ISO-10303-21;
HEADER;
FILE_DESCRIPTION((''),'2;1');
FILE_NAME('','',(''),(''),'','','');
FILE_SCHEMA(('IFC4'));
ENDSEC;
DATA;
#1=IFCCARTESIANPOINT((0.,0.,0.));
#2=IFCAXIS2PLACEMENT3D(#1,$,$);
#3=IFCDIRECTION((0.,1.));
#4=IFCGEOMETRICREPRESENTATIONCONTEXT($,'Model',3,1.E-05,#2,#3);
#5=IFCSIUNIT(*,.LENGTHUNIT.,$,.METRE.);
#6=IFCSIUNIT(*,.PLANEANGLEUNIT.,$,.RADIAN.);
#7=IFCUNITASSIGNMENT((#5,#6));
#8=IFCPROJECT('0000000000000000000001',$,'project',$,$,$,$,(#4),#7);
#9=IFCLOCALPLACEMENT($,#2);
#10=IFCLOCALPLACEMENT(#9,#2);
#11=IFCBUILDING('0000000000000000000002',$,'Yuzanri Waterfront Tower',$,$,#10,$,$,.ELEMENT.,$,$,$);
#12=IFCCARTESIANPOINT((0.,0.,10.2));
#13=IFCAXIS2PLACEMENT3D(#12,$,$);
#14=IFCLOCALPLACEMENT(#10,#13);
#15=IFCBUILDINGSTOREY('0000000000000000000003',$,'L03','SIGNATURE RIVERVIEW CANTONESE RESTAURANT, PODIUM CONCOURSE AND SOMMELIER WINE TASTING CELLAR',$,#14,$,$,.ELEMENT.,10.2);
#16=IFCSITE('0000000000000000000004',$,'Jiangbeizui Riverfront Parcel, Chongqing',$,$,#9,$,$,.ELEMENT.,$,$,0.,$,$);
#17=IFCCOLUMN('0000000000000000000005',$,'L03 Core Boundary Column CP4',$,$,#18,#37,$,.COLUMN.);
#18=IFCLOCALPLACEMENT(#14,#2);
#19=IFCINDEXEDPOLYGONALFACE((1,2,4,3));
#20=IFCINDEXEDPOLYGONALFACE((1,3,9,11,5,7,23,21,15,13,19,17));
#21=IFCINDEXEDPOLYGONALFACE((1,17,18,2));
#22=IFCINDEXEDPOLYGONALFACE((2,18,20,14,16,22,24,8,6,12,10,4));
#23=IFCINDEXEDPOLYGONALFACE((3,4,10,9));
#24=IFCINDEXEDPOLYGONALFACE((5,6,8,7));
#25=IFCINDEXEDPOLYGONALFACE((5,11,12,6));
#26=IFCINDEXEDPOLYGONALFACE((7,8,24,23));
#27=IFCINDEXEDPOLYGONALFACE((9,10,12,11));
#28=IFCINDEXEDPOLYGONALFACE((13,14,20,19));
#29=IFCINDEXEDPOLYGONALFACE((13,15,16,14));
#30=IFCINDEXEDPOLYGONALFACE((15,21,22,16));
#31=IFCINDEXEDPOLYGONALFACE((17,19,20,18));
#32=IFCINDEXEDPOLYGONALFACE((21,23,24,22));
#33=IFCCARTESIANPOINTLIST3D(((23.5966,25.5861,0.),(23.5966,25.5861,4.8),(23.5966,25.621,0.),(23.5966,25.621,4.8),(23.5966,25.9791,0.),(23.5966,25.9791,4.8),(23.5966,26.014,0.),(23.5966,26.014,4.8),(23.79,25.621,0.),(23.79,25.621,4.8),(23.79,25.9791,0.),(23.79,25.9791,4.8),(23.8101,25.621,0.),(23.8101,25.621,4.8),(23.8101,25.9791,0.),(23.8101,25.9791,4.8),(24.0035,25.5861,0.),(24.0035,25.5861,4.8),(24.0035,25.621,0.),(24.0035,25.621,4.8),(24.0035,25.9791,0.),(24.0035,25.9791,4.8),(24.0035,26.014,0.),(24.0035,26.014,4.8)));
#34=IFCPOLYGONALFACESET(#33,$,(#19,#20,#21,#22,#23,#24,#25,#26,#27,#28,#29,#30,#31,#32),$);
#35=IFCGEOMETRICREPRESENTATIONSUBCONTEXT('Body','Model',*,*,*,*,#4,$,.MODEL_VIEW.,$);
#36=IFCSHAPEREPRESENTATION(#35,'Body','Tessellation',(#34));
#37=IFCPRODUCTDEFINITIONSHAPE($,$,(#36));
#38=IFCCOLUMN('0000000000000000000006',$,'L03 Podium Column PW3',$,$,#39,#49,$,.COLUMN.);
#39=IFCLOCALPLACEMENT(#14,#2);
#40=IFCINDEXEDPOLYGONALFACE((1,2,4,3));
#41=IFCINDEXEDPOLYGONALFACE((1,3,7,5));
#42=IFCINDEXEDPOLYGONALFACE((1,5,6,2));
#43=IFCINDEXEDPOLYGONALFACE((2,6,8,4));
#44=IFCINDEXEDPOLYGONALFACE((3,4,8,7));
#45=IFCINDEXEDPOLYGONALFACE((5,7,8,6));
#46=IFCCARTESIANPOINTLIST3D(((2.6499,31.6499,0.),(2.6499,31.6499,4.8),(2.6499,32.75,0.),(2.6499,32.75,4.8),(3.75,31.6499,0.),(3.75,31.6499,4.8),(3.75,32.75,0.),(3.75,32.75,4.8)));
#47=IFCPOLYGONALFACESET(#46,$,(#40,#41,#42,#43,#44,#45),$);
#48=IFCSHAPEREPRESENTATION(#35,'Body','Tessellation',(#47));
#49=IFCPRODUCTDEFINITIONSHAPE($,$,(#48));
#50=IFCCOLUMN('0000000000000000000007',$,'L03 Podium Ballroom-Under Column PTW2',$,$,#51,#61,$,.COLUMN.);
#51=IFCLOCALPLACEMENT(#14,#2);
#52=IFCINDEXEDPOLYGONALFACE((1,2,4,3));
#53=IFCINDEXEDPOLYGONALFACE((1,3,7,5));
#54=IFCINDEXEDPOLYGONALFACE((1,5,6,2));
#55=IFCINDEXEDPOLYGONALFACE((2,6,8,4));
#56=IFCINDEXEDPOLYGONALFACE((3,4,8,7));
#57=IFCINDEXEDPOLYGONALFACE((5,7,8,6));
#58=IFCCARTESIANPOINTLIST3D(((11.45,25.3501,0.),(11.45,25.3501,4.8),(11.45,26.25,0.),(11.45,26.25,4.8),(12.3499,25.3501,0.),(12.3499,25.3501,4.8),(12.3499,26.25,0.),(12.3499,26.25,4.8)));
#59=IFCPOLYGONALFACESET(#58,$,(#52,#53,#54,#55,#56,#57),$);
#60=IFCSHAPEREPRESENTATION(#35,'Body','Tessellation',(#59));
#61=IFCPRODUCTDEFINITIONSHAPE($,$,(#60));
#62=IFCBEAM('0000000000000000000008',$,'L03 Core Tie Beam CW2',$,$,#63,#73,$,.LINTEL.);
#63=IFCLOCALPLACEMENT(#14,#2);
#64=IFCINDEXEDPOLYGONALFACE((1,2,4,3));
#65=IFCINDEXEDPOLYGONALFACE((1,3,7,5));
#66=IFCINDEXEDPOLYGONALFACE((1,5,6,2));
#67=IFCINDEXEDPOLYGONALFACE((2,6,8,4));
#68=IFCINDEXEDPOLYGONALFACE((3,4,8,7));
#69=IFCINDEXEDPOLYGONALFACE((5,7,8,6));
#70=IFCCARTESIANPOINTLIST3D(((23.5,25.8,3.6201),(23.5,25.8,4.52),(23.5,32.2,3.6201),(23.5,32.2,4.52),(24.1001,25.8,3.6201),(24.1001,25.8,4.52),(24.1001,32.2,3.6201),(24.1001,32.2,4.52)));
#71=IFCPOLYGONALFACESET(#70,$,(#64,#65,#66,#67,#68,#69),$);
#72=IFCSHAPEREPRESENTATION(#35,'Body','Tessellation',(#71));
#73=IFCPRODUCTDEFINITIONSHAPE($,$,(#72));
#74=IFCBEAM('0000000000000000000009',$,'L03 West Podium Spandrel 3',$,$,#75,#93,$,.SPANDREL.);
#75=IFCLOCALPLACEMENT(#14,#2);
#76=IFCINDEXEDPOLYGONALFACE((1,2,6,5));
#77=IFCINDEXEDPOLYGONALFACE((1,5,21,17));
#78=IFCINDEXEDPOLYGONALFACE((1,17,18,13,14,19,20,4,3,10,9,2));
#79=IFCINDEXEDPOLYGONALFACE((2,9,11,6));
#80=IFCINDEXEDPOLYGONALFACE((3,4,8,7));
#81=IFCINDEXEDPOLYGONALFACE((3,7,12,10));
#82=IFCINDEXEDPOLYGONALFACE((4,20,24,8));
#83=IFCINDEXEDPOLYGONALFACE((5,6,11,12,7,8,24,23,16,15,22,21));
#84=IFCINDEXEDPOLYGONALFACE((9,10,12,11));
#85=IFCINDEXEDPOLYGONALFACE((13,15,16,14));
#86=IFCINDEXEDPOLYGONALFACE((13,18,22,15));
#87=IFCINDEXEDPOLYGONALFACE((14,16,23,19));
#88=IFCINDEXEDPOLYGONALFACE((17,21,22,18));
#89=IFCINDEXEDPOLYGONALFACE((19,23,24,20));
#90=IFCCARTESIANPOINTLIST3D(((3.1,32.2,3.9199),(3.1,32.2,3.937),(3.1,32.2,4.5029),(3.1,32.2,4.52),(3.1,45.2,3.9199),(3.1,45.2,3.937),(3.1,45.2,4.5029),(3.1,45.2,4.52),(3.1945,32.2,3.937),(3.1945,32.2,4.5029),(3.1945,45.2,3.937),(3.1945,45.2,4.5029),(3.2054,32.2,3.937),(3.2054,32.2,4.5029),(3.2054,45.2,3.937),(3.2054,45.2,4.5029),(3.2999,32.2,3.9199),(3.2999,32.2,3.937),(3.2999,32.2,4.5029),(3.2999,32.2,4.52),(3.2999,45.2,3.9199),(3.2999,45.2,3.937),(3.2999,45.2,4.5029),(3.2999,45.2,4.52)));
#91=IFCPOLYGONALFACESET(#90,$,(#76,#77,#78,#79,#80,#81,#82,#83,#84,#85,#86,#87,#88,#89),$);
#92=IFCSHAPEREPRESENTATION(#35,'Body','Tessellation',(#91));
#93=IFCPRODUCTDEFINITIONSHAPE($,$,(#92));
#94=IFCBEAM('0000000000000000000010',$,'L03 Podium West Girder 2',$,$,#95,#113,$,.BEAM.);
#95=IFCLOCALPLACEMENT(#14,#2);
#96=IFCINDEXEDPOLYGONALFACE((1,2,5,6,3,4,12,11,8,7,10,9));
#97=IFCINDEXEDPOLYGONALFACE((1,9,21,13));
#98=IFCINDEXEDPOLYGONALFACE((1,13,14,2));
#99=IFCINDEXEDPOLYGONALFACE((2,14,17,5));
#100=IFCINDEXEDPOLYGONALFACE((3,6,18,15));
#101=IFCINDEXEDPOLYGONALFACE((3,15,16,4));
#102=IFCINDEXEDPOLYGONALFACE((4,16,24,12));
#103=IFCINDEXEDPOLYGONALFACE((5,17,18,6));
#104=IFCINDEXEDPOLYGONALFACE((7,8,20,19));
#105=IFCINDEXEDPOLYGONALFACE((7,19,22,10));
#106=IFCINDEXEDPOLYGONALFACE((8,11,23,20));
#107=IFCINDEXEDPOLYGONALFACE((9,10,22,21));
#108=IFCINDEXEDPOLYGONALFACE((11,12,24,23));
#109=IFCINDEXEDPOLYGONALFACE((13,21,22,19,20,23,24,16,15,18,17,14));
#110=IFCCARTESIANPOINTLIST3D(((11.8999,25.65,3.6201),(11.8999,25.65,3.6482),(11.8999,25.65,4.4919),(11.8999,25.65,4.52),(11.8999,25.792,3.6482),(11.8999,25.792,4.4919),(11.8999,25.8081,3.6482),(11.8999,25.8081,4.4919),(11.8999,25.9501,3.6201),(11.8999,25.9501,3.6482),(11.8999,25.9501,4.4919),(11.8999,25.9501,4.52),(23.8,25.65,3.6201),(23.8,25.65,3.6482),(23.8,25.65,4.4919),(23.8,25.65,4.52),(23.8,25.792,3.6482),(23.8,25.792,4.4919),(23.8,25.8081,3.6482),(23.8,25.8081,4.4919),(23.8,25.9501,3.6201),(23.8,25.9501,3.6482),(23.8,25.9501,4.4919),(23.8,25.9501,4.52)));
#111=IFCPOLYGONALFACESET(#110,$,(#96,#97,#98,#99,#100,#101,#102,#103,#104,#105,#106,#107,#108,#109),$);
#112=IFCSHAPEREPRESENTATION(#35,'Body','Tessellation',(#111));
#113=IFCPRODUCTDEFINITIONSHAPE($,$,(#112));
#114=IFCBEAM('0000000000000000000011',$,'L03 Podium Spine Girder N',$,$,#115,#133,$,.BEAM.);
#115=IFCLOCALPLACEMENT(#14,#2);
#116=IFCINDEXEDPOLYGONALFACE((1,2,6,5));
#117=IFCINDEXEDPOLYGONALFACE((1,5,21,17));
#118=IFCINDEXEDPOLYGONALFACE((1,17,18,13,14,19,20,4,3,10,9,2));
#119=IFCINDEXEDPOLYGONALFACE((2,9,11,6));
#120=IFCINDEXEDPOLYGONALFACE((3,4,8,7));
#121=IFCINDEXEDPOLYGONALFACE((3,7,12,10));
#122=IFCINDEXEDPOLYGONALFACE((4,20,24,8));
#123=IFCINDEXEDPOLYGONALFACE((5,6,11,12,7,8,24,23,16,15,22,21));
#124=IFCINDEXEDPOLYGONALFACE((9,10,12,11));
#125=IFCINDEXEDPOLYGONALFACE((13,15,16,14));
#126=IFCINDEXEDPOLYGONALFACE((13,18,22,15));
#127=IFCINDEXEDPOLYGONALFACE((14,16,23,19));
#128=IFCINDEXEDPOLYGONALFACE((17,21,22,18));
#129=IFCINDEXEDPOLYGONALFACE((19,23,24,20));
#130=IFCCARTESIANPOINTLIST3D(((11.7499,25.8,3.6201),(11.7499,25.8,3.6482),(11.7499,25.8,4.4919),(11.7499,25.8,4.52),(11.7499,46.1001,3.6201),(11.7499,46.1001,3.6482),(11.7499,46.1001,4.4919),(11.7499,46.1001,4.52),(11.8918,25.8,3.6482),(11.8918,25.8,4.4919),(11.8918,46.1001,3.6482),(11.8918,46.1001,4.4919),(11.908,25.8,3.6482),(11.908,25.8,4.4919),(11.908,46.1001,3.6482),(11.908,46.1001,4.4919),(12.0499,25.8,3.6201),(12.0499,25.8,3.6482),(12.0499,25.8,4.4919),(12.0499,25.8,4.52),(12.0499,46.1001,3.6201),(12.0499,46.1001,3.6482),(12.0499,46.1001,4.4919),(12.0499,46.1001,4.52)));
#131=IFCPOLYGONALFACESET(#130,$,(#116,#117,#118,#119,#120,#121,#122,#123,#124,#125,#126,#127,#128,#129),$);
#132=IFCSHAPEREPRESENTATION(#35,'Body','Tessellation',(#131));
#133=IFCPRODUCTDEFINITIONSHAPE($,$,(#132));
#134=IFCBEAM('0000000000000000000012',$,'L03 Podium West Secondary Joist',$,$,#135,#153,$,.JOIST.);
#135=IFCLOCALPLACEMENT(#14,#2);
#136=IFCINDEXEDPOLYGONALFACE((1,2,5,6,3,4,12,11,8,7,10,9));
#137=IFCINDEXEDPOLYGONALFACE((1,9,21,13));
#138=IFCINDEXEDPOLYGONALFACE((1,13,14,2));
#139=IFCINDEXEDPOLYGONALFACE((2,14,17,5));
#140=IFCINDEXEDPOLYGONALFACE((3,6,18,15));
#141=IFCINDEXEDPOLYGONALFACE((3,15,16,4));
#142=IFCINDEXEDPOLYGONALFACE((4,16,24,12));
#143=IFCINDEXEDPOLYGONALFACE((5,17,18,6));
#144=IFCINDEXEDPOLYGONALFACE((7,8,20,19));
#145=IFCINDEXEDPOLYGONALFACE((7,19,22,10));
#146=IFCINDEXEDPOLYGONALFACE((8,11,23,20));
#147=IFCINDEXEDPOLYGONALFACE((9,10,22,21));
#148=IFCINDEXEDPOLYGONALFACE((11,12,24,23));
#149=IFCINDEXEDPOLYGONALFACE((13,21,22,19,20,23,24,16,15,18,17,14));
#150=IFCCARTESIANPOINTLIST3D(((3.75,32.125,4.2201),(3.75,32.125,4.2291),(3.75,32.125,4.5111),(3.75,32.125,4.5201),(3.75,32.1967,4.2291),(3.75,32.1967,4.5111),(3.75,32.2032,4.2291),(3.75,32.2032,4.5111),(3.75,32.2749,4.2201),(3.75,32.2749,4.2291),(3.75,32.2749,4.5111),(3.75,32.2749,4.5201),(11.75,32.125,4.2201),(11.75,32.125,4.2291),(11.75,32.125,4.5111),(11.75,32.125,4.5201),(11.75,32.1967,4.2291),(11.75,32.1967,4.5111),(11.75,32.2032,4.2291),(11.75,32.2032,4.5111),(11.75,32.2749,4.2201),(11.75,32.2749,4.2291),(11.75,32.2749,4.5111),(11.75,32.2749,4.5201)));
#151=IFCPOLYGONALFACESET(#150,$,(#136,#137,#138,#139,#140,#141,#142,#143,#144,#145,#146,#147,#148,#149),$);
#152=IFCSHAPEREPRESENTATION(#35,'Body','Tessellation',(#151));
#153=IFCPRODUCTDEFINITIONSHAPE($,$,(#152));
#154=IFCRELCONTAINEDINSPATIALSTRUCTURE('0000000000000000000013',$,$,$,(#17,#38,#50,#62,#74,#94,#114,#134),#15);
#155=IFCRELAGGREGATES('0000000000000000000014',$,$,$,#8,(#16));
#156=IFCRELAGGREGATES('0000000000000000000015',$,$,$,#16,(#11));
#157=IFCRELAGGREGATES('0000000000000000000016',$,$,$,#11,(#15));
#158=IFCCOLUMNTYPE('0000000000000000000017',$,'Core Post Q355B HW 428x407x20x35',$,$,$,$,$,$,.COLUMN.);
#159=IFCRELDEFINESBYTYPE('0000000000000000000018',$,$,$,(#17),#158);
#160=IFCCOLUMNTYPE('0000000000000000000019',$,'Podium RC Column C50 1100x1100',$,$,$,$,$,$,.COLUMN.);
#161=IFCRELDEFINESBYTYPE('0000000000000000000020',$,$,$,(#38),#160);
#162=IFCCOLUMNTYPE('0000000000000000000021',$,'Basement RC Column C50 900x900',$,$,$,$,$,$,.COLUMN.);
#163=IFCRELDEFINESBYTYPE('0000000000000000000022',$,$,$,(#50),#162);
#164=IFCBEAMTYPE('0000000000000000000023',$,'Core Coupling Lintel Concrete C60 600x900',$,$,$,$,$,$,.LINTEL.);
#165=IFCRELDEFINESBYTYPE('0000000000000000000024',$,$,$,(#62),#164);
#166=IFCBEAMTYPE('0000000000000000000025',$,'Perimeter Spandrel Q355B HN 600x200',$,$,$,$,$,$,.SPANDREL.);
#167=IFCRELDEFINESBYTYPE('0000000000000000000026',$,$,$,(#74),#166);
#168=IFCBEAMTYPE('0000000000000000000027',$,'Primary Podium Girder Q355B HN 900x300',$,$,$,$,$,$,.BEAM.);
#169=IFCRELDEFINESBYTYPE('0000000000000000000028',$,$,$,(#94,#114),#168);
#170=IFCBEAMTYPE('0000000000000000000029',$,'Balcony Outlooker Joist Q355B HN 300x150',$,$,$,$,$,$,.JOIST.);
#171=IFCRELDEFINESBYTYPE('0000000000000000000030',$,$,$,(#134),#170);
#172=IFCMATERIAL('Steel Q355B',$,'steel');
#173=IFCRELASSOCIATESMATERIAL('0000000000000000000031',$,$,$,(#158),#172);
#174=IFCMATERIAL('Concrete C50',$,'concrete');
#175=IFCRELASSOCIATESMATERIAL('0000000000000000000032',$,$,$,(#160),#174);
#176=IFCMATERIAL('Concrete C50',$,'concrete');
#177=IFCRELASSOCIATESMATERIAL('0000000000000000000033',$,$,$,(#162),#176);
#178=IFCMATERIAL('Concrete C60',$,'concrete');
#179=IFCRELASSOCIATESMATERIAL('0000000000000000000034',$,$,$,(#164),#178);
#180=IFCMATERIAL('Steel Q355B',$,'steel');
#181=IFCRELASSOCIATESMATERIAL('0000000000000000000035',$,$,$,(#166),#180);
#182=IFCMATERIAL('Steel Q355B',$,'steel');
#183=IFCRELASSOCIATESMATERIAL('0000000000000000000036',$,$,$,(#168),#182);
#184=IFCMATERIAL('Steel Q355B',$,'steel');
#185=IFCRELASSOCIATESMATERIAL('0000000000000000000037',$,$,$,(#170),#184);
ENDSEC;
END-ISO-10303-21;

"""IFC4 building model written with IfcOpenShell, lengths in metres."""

from ifc_helpers import new_model, si_unit, direction, frame, origin, origin_2d, place, context, subcontext, project, spatial, rectangle, i_section, extrude, source, transform, mapped, material, material_profile, profile_set, type_object, element, save


model = new_model("IFC4")

# Units and contexts
model_context = context("Model", 3, precision=1e-05, world=origin(), true_north=direction((0.0, 1.0)))
body_context = subcontext(model_context, "Body", "Model", "MODEL_VIEW")
ifc_project = project(units=[si_unit("LENGTHUNIT", "METRE"), si_unit("PLANEANGLEUNIT", "RADIAN")], contexts=[model_context])

# Site, building, storey
site_placement = place(None, origin())
site = spatial("IfcSite", under=ifc_project, at=site_placement, Name="Jiangbeizui Riverfront Parcel, Chongqing", CompositionType="ELEMENT", RefElevation=0.0)
building_placement = place(site_placement, origin())
building = spatial("IfcBuilding", under=site, at=building_placement, Name="Yuzanri Waterfront Tower", CompositionType="ELEMENT")
storey_placement = place(building_placement, frame((0.0, 0.0, 10.2)))
storey = spatial("IfcBuildingStorey", under=building, at=storey_placement, Name="L03", Description="SIGNATURE RIVERVIEW CANTONESE RESTAURANT, PODIUM CONCOURSE AND SOMMELIER WINE TASTING CELLAR", CompositionType="ELEMENT", Elevation=10.2)

# Columns
ifc_material_1 = material(Name="Steel Q355B", Category="steel")
ifc_material_profile_1 = material_profile(ifc_material_1, i_section(OverallWidth=0.407, OverallDepth=0.428, WebThickness=0.02, FlangeThickness=0.0349, at=origin_2d()), Name="HW 428x407x20x35")
ifc_profile_set_1 = profile_set([ifc_material_profile_1], Name="Steel Q355B")
column_type_1 = type_object("IfcColumnType", Name="Core Post Q355B HW 428x407x20x35", PredefinedType="COLUMN", material=ifc_profile_set_1)
shared_shape_1 = source(origin(), body_context, "Body", "SweptSolid", [
    extrude(i_section(OverallWidth=0.407, OverallDepth=0.428, WebThickness=0.02, FlangeThickness=0.0349, at=origin_2d()), origin(), (0.0, 0.0, 1.0), 4.8),
])
column_1_placement = place(storey_placement, frame((23.8, 25.8, 0.0), z_axis=(0.0, 0.0, 1.0), x_axis=(1.0, 0.0, 0.0)))
element("IfcColumn", 1, at=column_1_placement, inside=storey, type_object=column_type_1, Name="L03 Core Boundary Column CP4", PredefinedType="COLUMN", context=body_context, shape_type="MappedRepresentation", body=[
    mapped(shared_shape_1, transform((0.0, 0.0, 0.0), scale=1.0)),
])
ifc_material_2 = material(Name="Concrete C50", Category="concrete")
ifc_material_profile_2 = material_profile(ifc_material_2, rectangle(XDim=1.1001, YDim=1.1001, at=origin_2d()), Name="RC 1100x1100")
ifc_profile_set_2 = profile_set([ifc_material_profile_2], Name="Concrete C50")
column_type_2 = type_object("IfcColumnType", Name="Podium RC Column C50 1100x1100", PredefinedType="COLUMN", material=ifc_profile_set_2)
shared_shape_2 = source(origin(), body_context, "Body", "SweptSolid", [
    extrude(rectangle(XDim=1.1001, YDim=1.1001, at=origin_2d()), origin(), (0.0, 0.0, 1.0), 4.8),
])
column_2_placement = place(storey_placement, frame((3.2, 32.2, 0.0), z_axis=(0.0, 0.0, 1.0), x_axis=(1.0, 0.0, 0.0)))
element("IfcColumn", 2, at=column_2_placement, inside=storey, type_object=column_type_2, Name="L03 Podium Column PW3", PredefinedType="COLUMN", context=body_context, shape_type="MappedRepresentation", body=[
    mapped(shared_shape_2, transform((0.0, 0.0, 0.0), scale=1.0)),
])
ifc_material_3 = material(Name="Concrete C50", Category="concrete")
ifc_material_profile_3 = material_profile(ifc_material_3, rectangle(XDim=0.8999, YDim=0.8999, at=origin_2d()), Name="RC 900x900")
ifc_profile_set_3 = profile_set([ifc_material_profile_3], Name="Concrete C50")
column_type_3 = type_object("IfcColumnType", Name="Basement RC Column C50 900x900", PredefinedType="COLUMN", material=ifc_profile_set_3)
shared_shape_3 = source(origin(), body_context, "Body", "SweptSolid", [
    extrude(rectangle(XDim=0.8999, YDim=0.8999, at=origin_2d()), origin(), (0.0, 0.0, 1.0), 4.8),
])
column_3_placement = place(storey_placement, frame((11.8999, 25.8, 0.0), z_axis=(0.0, 0.0, 1.0), x_axis=(1.0, 0.0, 0.0)))
element("IfcColumn", 3, at=column_3_placement, inside=storey, type_object=column_type_3, Name="L03 Podium Ballroom-Under Column PTW2", PredefinedType="COLUMN", context=body_context, shape_type="MappedRepresentation", body=[
    mapped(shared_shape_3, transform((0.0, 0.0, 0.0), scale=1.0)),
])

# Beams
ifc_material_4 = material(Name="Concrete C60", Category="concrete")
ifc_material_profile_4 = material_profile(ifc_material_4, rectangle(XDim=0.6001, YDim=0.8999, at=origin_2d()), Name="RC 600x900")
ifc_profile_set_4 = profile_set([ifc_material_profile_4], Name="Concrete C60")
beam_type_1 = type_object("IfcBeamType", Name="Core Coupling Lintel Concrete C60 600x900", PredefinedType="LINTEL", material=ifc_profile_set_4)
shared_shape_4 = source(origin(), body_context, "Body", "SweptSolid", [
    extrude(rectangle(XDim=0.6001, YDim=0.8999, at=origin_2d()), origin(), (0.0, 0.0, 1.0), 6.3999),
])
beam_1_placement = place(storey_placement, frame((23.8, 25.8, 4.0701), z_axis=(0.0, 1.0, 0.0), x_axis=(-1.0, 0.0, 0.0)))
element("IfcBeam", 4, at=beam_1_placement, inside=storey, type_object=beam_type_1, Name="L03 Core Tie Beam CW2", PredefinedType="LINTEL", context=body_context, shape_type="MappedRepresentation", body=[
    mapped(shared_shape_4, transform((0.0, 0.0, 0.0), scale=1.0)),
])
ifc_material_5 = material(Name="Steel Q355B", Category="steel")
ifc_material_profile_5 = material_profile(ifc_material_5, i_section(OverallWidth=0.2, OverallDepth=0.6001, WebThickness=0.011, FlangeThickness=0.0171, at=origin_2d()), Name="HN 600x200x11x17")
ifc_profile_set_5 = profile_set([ifc_material_profile_5], Name="Steel Q355B")
beam_type_2 = type_object("IfcBeamType", Name="Perimeter Spandrel Q355B HN 600x200", PredefinedType="SPANDREL", material=ifc_profile_set_5)
shared_shape_5 = source(origin(), body_context, "Body", "SweptSolid", [
    extrude(i_section(OverallWidth=0.2, OverallDepth=0.6001, WebThickness=0.011, FlangeThickness=0.0171, at=origin_2d()), origin(), (0.0, 0.0, 1.0), 13.0),
])
beam_2_placement = place(storey_placement, frame((3.2, 32.2, 4.22), z_axis=(0.0, 1.0, 0.0), x_axis=(-1.0, 0.0, 0.0)))
element("IfcBeam", 5, at=beam_2_placement, inside=storey, type_object=beam_type_2, Name="L03 West Podium Spandrel 3", PredefinedType="SPANDREL", context=body_context, shape_type="MappedRepresentation", body=[
    mapped(shared_shape_5, transform((0.0, 0.0, 0.0), scale=1.0)),
])
ifc_material_6 = material(Name="Steel Q355B", Category="steel")
ifc_material_profile_6 = material_profile(ifc_material_6, i_section(OverallWidth=0.3, OverallDepth=0.8999, WebThickness=0.0161, FlangeThickness=0.0281, at=origin_2d()), Name="HN 900x300x16x28")
ifc_profile_set_6 = profile_set([ifc_material_profile_6], Name="Steel Q355B")
beam_type_3 = type_object("IfcBeamType", Name="Primary Podium Girder Q355B HN 900x300", PredefinedType="BEAM", material=ifc_profile_set_6)
shared_shape_6 = source(origin(), body_context, "Body", "SweptSolid", [
    extrude(i_section(OverallWidth=0.3, OverallDepth=0.8999, WebThickness=0.0161, FlangeThickness=0.0281, at=origin_2d()), origin(), (0.0, 0.0, 1.0), 11.9001),
])
beam_3_placement = place(storey_placement, frame((11.8999, 25.8, 4.0701), z_axis=(1.0, 0.0, 0.0), x_axis=(0.0, 1.0, 0.0)))
element("IfcBeam", 6, at=beam_3_placement, inside=storey, type_object=beam_type_3, Name="L03 Podium West Girder 2", PredefinedType="BEAM", context=body_context, shape_type="MappedRepresentation", body=[
    mapped(shared_shape_6, transform((0.0, 0.0, 0.0), scale=1.0)),
])
shared_shape_7 = source(origin(), body_context, "Body", "SweptSolid", [
    extrude(i_section(OverallWidth=0.3, OverallDepth=0.8999, WebThickness=0.0161, FlangeThickness=0.0281, at=origin_2d()), origin(), (0.0, 0.0, 1.0), 20.3),
])
beam_4_placement = place(storey_placement, frame((11.8999, 25.8, 4.0701), z_axis=(0.0, 1.0, 0.0), x_axis=(-1.0, 0.0, 0.0)))
element("IfcBeam", 7, at=beam_4_placement, inside=storey, type_object=beam_type_3, Name="L03 Podium Spine Girder N", PredefinedType="BEAM", context=body_context, shape_type="MappedRepresentation", body=[
    mapped(shared_shape_7, transform((0.0, 0.0, 0.0), scale=1.0)),
])
ifc_material_7 = material(Name="Steel Q355B", Category="steel")
ifc_material_profile_7 = material_profile(ifc_material_7, i_section(OverallWidth=0.1499, OverallDepth=0.3, WebThickness=0.0066, FlangeThickness=0.009, at=origin_2d()), Name="HN 300x150x6.5x9")
ifc_profile_set_7 = profile_set([ifc_material_profile_7], Name="Steel Q355B")
beam_type_4 = type_object("IfcBeamType", Name="Balcony Outlooker Joist Q355B HN 300x150", PredefinedType="JOIST", material=ifc_profile_set_7)
shared_shape_8 = source(origin(), body_context, "Body", "SweptSolid", [
    extrude(i_section(OverallWidth=0.1499, OverallDepth=0.3, WebThickness=0.0066, FlangeThickness=0.009, at=origin_2d()), origin(), (0.0, 0.0, 1.0), 8.0),
])
beam_5_placement = place(storey_placement, frame((3.75, 32.2, 4.3701), z_axis=(1.0, 0.0, 0.0), x_axis=(0.0, 1.0, 0.0)))
element("IfcBeam", 8, at=beam_5_placement, inside=storey, type_object=beam_type_4, Name="L03 Podium West Secondary Joist", PredefinedType="JOIST", context=body_context, shape_type="MappedRepresentation", body=[
    mapped(shared_shape_8, transform((0.0, 0.0, 0.0), scale=1.0)),
])

save(model, "model.ifc")
